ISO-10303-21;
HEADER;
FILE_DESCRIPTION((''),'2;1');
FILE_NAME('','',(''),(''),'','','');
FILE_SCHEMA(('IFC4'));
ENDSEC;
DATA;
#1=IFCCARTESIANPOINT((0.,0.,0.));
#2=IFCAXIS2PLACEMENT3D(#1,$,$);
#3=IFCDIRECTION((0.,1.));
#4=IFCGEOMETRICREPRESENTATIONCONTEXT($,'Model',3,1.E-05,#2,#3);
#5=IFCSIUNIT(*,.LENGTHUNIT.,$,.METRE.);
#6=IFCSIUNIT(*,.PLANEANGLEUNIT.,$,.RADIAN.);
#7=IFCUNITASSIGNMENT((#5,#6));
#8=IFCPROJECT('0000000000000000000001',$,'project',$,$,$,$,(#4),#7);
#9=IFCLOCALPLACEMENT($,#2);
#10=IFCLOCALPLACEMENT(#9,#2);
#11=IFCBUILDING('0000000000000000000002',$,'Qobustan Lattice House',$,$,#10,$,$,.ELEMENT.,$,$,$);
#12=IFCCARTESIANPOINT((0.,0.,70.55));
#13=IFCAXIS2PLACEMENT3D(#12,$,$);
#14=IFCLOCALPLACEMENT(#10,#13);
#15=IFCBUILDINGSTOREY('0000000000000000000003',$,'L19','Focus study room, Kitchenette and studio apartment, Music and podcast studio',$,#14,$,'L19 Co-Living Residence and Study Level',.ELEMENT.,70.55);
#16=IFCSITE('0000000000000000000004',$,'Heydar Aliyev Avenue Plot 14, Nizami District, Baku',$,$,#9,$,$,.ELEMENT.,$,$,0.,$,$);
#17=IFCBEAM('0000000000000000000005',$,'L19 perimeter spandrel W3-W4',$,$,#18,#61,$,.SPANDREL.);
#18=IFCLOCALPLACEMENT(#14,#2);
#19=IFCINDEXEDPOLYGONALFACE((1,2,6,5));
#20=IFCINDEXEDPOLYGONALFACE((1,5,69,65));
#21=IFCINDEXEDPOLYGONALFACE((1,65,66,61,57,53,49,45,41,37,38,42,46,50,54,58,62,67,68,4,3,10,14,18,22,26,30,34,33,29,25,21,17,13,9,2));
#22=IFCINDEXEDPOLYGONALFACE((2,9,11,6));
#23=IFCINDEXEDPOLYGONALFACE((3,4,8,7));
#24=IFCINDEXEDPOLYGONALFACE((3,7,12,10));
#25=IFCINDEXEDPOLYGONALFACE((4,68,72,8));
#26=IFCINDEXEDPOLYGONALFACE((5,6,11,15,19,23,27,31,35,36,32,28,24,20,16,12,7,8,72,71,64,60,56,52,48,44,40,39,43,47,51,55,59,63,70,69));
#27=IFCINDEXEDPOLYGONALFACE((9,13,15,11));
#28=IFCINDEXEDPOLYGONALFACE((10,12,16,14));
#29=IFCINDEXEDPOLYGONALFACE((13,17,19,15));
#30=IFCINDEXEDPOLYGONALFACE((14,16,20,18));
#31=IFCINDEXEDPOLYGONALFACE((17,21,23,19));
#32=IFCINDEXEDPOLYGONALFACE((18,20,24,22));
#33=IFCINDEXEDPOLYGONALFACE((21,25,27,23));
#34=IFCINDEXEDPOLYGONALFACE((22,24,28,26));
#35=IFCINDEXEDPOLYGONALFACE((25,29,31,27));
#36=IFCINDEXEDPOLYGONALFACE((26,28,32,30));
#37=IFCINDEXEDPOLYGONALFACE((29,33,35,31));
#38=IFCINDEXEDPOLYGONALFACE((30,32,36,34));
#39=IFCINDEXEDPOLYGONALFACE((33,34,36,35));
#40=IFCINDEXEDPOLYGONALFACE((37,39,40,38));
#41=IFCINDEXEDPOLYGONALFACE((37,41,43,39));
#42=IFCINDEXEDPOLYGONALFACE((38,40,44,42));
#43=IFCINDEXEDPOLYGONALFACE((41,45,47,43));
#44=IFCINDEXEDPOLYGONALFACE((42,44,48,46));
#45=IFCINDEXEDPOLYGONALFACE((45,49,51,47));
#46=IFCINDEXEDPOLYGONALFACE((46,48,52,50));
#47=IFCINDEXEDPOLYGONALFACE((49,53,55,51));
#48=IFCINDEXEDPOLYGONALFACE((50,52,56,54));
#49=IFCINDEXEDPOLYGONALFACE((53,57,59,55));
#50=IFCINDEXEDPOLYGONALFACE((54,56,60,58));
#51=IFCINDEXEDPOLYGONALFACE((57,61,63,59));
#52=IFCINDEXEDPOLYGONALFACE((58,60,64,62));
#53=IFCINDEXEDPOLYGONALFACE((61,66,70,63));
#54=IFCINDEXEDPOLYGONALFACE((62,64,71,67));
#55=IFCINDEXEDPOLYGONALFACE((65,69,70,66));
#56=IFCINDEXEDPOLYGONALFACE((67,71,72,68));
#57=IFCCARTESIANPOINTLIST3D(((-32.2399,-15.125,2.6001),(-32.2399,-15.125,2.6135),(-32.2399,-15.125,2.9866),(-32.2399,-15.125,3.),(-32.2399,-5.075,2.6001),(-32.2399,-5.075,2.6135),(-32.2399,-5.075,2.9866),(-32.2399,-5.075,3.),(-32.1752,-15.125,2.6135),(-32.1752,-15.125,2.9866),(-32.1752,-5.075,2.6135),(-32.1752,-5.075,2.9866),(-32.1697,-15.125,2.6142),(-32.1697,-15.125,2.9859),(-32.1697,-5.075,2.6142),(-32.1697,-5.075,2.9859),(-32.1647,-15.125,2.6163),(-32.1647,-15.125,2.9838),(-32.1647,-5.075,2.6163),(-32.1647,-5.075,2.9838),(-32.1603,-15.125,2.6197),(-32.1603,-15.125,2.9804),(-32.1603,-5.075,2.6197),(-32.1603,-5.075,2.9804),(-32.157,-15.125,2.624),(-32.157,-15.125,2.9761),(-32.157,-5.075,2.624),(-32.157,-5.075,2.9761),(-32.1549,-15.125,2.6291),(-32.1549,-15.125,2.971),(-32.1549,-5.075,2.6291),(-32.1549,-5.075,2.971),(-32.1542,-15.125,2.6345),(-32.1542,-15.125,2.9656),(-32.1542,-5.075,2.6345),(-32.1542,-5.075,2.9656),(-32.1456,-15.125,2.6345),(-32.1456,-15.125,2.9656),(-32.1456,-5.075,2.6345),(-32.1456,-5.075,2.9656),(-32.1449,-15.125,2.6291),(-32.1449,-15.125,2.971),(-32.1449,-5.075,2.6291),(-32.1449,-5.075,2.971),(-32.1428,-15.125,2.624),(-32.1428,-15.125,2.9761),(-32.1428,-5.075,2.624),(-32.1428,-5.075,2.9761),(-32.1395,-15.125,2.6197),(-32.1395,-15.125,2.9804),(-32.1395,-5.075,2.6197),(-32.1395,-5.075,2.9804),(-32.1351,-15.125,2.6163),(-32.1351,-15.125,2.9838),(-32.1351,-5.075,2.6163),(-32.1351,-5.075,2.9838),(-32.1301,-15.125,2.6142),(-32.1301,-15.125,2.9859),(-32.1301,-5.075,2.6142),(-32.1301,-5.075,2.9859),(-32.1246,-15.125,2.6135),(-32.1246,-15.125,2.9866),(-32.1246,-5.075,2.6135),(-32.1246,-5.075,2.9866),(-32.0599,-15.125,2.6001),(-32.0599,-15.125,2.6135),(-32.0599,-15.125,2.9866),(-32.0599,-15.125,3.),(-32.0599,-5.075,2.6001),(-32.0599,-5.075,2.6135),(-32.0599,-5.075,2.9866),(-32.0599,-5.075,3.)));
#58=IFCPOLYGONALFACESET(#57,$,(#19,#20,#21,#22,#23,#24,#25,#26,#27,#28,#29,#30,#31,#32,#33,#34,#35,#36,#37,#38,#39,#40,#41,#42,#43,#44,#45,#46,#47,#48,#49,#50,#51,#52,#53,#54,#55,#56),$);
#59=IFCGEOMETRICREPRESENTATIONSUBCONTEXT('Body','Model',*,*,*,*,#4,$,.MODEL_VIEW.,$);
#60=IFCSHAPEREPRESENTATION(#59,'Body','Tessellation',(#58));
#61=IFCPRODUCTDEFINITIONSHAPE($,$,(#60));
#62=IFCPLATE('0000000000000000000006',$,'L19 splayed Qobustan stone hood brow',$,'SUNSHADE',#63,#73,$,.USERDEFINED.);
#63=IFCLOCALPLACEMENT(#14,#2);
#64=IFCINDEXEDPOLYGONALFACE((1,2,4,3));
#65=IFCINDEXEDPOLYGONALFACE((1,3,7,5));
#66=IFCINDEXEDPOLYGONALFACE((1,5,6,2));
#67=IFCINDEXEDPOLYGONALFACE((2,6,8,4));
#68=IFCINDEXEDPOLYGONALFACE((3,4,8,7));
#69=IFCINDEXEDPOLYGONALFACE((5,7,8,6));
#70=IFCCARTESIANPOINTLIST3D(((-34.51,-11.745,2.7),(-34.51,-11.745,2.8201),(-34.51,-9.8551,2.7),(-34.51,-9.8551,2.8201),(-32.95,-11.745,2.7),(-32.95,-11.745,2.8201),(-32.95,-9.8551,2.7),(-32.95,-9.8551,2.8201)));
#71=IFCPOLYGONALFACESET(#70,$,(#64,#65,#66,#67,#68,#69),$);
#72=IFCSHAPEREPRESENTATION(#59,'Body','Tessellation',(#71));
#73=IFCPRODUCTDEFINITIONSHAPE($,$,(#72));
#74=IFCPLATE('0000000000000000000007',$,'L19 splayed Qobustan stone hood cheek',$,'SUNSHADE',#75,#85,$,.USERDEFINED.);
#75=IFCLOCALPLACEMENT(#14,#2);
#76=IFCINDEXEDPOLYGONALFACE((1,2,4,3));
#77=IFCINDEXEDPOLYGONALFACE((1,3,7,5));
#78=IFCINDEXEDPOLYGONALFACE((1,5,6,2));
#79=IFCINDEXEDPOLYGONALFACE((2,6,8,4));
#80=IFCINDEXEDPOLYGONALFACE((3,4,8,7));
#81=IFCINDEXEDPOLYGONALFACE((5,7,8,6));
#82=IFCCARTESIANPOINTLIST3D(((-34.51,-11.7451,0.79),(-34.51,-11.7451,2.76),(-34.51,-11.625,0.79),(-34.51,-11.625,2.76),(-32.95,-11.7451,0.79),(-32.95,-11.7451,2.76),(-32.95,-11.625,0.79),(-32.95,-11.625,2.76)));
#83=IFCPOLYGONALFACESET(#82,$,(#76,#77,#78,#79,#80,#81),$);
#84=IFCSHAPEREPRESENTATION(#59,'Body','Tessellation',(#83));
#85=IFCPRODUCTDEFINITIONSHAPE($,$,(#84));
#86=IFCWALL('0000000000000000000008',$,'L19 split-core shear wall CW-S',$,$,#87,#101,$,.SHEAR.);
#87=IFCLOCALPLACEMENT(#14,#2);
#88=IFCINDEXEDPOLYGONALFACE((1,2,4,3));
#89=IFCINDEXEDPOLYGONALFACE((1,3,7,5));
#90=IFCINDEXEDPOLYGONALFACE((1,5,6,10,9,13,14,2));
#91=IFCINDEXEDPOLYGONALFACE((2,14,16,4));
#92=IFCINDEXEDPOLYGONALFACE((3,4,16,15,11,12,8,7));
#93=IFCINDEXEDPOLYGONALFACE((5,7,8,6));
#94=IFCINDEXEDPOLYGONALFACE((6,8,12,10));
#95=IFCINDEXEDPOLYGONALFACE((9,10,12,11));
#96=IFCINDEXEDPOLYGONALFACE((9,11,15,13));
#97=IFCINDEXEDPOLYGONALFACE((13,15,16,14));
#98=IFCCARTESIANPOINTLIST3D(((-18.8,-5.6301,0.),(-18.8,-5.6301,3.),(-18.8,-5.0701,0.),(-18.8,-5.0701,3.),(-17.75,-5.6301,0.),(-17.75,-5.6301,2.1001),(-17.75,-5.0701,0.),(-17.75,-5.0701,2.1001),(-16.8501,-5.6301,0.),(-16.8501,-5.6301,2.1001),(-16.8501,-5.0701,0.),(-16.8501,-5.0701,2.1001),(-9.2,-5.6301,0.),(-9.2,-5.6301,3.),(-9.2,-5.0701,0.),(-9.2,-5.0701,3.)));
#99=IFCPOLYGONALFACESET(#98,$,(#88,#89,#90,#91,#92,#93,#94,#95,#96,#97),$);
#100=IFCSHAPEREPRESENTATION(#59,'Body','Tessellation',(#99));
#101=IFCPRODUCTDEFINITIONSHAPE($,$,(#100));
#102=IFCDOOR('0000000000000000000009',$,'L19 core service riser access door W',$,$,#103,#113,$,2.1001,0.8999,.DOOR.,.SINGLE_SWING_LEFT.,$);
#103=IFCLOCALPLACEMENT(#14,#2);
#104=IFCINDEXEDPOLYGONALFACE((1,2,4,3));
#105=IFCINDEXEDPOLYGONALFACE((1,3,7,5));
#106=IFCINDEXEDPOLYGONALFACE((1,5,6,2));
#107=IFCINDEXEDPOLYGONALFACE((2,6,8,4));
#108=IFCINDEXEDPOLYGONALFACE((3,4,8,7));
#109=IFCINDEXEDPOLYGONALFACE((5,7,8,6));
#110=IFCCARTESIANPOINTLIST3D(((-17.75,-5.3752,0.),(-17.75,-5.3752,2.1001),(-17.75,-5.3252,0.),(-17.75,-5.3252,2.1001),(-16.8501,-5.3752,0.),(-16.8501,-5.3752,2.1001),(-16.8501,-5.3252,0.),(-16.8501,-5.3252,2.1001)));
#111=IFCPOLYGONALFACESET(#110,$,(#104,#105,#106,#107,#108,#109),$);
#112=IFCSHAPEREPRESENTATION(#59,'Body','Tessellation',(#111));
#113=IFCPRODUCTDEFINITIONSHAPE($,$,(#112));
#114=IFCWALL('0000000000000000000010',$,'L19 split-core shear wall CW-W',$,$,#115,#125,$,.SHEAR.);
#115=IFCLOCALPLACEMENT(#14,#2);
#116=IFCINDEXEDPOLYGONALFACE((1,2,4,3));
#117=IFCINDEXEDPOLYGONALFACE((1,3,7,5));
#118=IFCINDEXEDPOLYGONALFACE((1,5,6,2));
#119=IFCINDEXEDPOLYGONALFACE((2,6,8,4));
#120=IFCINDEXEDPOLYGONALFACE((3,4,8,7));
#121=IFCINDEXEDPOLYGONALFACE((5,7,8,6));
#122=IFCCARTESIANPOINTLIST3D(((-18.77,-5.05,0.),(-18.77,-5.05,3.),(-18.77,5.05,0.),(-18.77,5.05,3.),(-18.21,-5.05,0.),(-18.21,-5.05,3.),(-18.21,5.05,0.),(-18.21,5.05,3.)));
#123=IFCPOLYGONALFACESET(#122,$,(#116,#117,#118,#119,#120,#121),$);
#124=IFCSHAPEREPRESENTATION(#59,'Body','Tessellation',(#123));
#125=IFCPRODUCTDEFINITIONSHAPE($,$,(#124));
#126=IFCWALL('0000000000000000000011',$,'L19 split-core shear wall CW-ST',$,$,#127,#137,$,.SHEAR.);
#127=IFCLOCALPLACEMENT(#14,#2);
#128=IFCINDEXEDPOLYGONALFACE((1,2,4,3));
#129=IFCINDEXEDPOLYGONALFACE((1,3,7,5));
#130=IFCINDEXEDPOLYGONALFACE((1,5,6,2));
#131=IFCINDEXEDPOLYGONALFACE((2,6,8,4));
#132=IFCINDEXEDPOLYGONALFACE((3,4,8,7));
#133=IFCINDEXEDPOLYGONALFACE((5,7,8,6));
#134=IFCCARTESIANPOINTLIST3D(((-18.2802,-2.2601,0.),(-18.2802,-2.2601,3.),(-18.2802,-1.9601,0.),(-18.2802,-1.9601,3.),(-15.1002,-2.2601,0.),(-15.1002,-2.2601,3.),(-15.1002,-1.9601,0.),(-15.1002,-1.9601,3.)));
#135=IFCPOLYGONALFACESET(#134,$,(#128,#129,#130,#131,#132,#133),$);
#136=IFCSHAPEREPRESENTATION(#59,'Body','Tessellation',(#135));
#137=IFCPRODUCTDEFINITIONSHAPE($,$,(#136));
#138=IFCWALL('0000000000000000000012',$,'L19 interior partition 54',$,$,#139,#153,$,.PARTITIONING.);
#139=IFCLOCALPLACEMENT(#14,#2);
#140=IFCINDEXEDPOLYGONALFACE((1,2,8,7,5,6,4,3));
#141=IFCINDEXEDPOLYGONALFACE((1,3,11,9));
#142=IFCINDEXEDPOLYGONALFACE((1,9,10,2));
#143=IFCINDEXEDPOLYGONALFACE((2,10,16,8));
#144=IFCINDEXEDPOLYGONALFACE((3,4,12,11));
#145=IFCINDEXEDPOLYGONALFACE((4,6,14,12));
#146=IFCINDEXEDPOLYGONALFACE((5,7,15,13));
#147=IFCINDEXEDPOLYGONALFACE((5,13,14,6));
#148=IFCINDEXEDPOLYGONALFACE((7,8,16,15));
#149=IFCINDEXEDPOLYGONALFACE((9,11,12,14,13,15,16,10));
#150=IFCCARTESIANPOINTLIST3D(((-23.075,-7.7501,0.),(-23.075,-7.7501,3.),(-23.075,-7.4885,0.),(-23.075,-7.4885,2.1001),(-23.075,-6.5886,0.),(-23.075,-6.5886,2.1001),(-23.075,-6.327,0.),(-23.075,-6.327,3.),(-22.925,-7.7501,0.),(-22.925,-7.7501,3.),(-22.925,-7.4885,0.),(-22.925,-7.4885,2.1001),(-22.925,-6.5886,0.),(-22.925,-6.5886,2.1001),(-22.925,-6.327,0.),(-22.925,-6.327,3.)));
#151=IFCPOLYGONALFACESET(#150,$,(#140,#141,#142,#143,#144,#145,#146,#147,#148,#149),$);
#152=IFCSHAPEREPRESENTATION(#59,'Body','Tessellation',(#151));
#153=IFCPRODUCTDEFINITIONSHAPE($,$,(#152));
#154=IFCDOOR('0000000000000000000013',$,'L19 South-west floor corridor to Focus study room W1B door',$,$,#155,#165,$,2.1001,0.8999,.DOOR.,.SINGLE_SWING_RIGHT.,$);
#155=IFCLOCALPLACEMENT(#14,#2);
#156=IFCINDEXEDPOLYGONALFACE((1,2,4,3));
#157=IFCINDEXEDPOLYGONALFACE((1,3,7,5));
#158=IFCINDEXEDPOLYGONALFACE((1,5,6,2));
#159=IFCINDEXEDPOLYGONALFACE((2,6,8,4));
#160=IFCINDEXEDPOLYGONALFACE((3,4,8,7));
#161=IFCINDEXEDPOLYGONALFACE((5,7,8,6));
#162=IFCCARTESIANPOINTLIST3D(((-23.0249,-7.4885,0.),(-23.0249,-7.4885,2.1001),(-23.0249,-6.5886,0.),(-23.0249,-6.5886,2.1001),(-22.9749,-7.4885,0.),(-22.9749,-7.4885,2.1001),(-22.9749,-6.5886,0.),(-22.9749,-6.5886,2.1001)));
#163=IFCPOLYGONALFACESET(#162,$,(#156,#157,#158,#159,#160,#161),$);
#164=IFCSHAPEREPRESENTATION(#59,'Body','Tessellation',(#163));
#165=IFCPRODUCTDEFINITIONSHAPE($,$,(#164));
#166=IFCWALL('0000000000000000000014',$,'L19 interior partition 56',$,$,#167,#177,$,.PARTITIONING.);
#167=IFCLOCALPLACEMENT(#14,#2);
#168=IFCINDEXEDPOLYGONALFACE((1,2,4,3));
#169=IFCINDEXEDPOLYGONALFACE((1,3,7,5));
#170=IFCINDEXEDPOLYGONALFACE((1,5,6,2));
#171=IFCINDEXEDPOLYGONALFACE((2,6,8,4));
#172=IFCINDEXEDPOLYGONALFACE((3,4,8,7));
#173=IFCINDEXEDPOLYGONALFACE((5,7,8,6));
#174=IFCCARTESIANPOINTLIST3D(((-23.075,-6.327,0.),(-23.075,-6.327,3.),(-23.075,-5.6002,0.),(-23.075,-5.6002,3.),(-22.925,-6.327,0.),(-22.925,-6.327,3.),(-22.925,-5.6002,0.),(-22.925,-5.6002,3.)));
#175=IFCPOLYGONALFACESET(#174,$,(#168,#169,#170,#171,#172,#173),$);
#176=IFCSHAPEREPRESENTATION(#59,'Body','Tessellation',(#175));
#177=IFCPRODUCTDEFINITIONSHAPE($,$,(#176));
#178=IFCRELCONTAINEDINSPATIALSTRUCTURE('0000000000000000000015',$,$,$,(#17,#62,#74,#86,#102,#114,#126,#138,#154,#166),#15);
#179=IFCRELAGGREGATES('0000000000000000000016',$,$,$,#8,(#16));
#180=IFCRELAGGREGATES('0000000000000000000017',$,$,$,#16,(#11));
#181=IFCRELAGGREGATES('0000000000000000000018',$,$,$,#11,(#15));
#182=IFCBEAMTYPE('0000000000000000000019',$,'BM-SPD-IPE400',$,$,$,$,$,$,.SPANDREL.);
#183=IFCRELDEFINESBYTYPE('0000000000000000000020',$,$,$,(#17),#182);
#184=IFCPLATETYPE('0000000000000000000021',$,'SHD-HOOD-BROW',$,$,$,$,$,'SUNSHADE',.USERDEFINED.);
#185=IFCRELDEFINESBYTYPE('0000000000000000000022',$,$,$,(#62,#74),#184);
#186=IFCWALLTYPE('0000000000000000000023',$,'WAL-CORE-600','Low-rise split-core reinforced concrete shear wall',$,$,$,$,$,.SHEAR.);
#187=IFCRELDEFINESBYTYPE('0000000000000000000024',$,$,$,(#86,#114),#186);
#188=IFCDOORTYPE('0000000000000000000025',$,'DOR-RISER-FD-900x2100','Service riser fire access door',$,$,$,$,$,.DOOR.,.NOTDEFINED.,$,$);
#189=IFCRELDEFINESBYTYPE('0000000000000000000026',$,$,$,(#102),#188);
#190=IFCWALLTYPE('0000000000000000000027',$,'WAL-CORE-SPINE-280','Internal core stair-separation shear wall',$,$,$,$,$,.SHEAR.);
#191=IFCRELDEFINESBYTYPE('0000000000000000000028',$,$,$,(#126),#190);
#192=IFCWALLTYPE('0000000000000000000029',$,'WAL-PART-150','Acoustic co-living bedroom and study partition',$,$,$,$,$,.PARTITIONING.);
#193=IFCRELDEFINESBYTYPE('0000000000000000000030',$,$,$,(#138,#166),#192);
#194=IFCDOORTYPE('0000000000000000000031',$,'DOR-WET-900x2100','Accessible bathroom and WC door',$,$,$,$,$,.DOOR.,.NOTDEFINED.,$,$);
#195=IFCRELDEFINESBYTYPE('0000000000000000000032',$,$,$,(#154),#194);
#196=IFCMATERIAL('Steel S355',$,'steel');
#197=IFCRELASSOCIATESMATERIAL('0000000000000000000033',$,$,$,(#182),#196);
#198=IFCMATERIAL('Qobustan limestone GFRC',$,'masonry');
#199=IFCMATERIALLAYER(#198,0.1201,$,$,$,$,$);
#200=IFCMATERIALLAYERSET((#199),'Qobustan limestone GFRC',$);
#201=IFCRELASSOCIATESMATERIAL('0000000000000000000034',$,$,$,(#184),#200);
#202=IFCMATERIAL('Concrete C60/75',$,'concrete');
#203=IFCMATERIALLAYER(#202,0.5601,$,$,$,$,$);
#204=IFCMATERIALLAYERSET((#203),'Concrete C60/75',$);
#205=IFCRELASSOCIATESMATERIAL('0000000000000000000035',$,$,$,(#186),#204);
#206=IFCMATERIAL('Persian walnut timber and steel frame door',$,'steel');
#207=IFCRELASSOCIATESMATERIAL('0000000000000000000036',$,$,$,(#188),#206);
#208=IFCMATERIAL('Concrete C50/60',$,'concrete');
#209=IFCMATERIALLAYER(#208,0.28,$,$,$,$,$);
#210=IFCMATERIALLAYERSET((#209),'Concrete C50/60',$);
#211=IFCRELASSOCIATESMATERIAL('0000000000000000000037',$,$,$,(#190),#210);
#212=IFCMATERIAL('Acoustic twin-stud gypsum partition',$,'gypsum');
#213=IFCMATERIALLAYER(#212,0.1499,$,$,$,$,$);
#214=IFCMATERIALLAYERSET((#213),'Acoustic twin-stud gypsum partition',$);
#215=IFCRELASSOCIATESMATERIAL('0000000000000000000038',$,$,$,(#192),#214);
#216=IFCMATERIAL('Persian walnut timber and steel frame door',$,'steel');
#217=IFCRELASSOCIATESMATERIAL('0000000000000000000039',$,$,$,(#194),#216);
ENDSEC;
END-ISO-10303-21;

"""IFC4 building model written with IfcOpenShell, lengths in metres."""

from ifc_helpers import new_model, si_unit, direction, frame, frame_2d, origin, origin_2d, place, context, subcontext, project, spatial, rectangle, i_section, extrude, material, layer, layer_set, material_profile, profile_set, type_object, element, fill, save


model = new_model("IFC4")

# Units and contexts
model_context = context("Model", 3, precision=1e-05, world=origin(), true_north=direction((0.0, 1.0)))
body_context = subcontext(model_context, "Body", "Model", "MODEL_VIEW")
ifc_project = project(units=[si_unit("LENGTHUNIT", "METRE"), si_unit("PLANEANGLEUNIT", "RADIAN")], contexts=[model_context])

# Site, building, storey
site_placement = place(None, origin())
site = spatial("IfcSite", under=ifc_project, at=site_placement, Name="Heydar Aliyev Avenue Plot 14, Nizami District, Baku", CompositionType="ELEMENT", RefElevation=0.0)
building_placement = place(site_placement, origin())
building = spatial("IfcBuilding", under=site, at=building_placement, Name="Qobustan Lattice House", CompositionType="ELEMENT")
storey_placement = place(building_placement, frame((0.0, 0.0, 70.55)))
storey = spatial("IfcBuildingStorey", under=building, at=storey_placement, Name="L19", Description="Focus study room, Kitchenette and studio apartment, Music and podcast studio", LongName="L19 Co-Living Residence and Study Level", CompositionType="ELEMENT", Elevation=70.55)

# Beam
ifc_material_1 = material(Name="Steel S355", Category="steel")
ifc_material_profile_1 = material_profile(ifc_material_1, i_section(OverallWidth=0.1799, OverallDepth=0.3999, WebThickness=0.0085, FlangeThickness=0.0134, FilletRadius=0.021, at=origin_2d()), Name="IPE400")
ifc_profile_set_1 = profile_set([ifc_material_profile_1], Name="Steel S355")
beam_type_1 = type_object("IfcBeamType", Name="BM-SPD-IPE400", PredefinedType="SPANDREL", material=ifc_profile_set_1)
beam_1_placement = place(storey_placement, frame((-32.1499, -5.075, 2.8), z_axis=(0.0, -1.0, 0.0), x_axis=(1.0, 0.0, 0.0)))
element("IfcBeam", 1, at=beam_1_placement, inside=storey, type_object=beam_type_1, Name="L19 perimeter spandrel W3-W4", PredefinedType="SPANDREL", context=body_context, shape_type="SweptSolid", body=[
    extrude(i_section(OverallWidth=0.1799, OverallDepth=0.3999, WebThickness=0.0085, FlangeThickness=0.0134, FilletRadius=0.021, at=origin_2d()), origin(), (0.0, 0.0, 1.0), 10.05),
])

# Plates
ifc_material_2 = material(Name="Qobustan limestone GFRC", Category="masonry")
ifc_layer_1 = layer(ifc_material_2, 0.1201)
ifc_layer_set_1 = layer_set([ifc_layer_1], Name="Qobustan limestone GFRC")
plate_type = type_object("IfcPlateType", Name="SHD-HOOD-BROW", ElementType="SUNSHADE", PredefinedType="USERDEFINED", material=ifc_layer_set_1)
plate_1_placement = place(storey_placement, frame((-33.73, -10.8, 2.7), z_axis=(0.0, 0.0, 1.0), x_axis=(0.0, 1.0, 0.0)))
element("IfcPlate", 2, at=plate_1_placement, inside=storey, type_object=plate_type, Name="L19 splayed Qobustan stone hood brow", ObjectType="SUNSHADE", PredefinedType="USERDEFINED", context=body_context, shape_type="SweptSolid", body=[
    extrude(rectangle(XDim=1.8899, YDim=1.5601, at=origin_2d()), origin(), (0.0, 0.0, 1.0), 0.1201),
])
plate_2_placement = place(storey_placement, frame((-33.73, -11.6851, 0.79), z_axis=(0.0, 0.0, 1.0), x_axis=(0.0, 1.0, 0.0)))
element("IfcPlate", 3, at=plate_2_placement, inside=storey, type_object=plate_type, Name="L19 splayed Qobustan stone hood cheek", ObjectType="SUNSHADE", PredefinedType="USERDEFINED", context=body_context, shape_type="SweptSolid", body=[
    extrude(rectangle(XDim=0.1201, YDim=1.5601, at=origin_2d()), origin(), (0.0, 0.0, 1.0), 1.97),
])

# Wall, opening, door
ifc_material_3 = material(Name="Concrete C60/75", Category="concrete")
ifc_layer_2 = layer(ifc_material_3, 0.5601)
ifc_layer_set_2 = layer_set([ifc_layer_2], Name="Concrete C60/75")
wall_type_1 = type_object("IfcWallType", Name="WAL-CORE-600", Description="Low-rise split-core reinforced concrete shear wall", PredefinedType="SHEAR", material=ifc_layer_set_2)
wall_1_placement = place(storey_placement, frame((-18.8, -5.3501, 0.0), z_axis=(0.0, 0.0, 1.0), x_axis=(1.0, 0.0, 0.0)))
wall_1 = element("IfcWall", 4, at=wall_1_placement, inside=storey, type_object=wall_type_1, Name="L19 split-core shear wall CW-S", PredefinedType="SHEAR", context=body_context, shape_type="SweptSolid", body=[
    extrude(rectangle(XDim=9.6001, YDim=0.5601, at=frame_2d((4.8, 0.0))), origin(), (0.0, 0.0, 1.0), 3.0),
])
opening_1_placement = place(wall_1_placement, frame((1.05, 0.0, 0.0)))
opening_1 = element("IfcOpeningElement", 5, at=opening_1_placement, cuts=wall_1, PredefinedType="OPENING", context=body_context, shape_type="SweptSolid", body=[
    extrude(rectangle(XDim=0.8999, YDim=2.1001, at=frame_2d((0.45, 1.05))), frame((0.0, 0.29, 0.0), z_axis=(0.0, -1.0, 0.0), x_axis=(1.0, 0.0, 0.0)), (0.0, 0.0, 1.0), 0.5801),
])
ifc_material_4 = material(Name="Persian walnut timber and steel frame door", Category="steel")
door_type_1 = type_object("IfcDoorType", Name="DOR-RISER-FD-900x2100", Description="Service riser fire access door", OperationType="NOTDEFINED", PredefinedType="DOOR", material=ifc_material_4)
door_1_placement = place(opening_1_placement, origin())
door_1 = element("IfcDoor", 6, at=door_1_placement, inside=storey, type_object=door_type_1, Name="L19 core service riser access door W", OperationType="SINGLE_SWING_LEFT", OverallHeight=2.1001, OverallWidth=0.8999, PredefinedType="DOOR", context=body_context, shape_type="SweptSolid", body=[
    extrude(rectangle(XDim=0.8999, YDim=2.1001, at=frame_2d((0.45, 1.05))), frame((0.0, 0.0249, 0.0), z_axis=(0.0, -1.0, 0.0), x_axis=(1.0, 0.0, 0.0)), (0.0, 0.0, 1.0), 0.05),
])
fill(opening_1, door_1)

# Walls
wall_2_placement = place(storey_placement, frame((-18.49, -5.05, 0.0), z_axis=(0.0, 0.0, 1.0), x_axis=(0.0, 1.0, 0.0)))
element("IfcWall", 7, at=wall_2_placement, inside=storey, type_object=wall_type_1, Name="L19 split-core shear wall CW-W", PredefinedType="SHEAR", context=body_context, shape_type="SweptSolid", body=[
    extrude(rectangle(XDim=10.1001, YDim=0.5601, at=frame_2d((5.05, 0.0))), origin(), (0.0, 0.0, 1.0), 3.0),
])
ifc_material_5 = material(Name="Concrete C50/60", Category="concrete")
ifc_layer_3 = layer(ifc_material_5, 0.28)
ifc_layer_set_3 = layer_set([ifc_layer_3], Name="Concrete C50/60")
wall_type_2 = type_object("IfcWallType", Name="WAL-CORE-SPINE-280", Description="Internal core stair-separation shear wall", PredefinedType="SHEAR", material=ifc_layer_set_3)
wall_3_placement = place(storey_placement, frame((-18.28, -2.1101, 0.0), z_axis=(0.0, 0.0, 1.0), x_axis=(1.0, 0.0, 0.0)))
element("IfcWall", 8, at=wall_3_placement, inside=storey, type_object=wall_type_2, Name="L19 split-core shear wall CW-ST", PredefinedType="SHEAR", context=body_context, shape_type="SweptSolid", body=[
    extrude(rectangle(XDim=3.1799, YDim=0.3, at=frame_2d((1.5898, 0.0))), origin(), (0.0, 0.0, 1.0), 3.0),
])

# Wall, opening, door
ifc_material_6 = material(Name="Acoustic twin-stud gypsum partition", Category="gypsum")
ifc_layer_4 = layer(ifc_material_6, 0.1499)
ifc_layer_set_4 = layer_set([ifc_layer_4], Name="Acoustic twin-stud gypsum partition")
wall_type_3 = type_object("IfcWallType", Name="WAL-PART-150", Description="Acoustic co-living bedroom and study partition", PredefinedType="PARTITIONING", material=ifc_layer_set_4)
wall_4_placement = place(storey_placement, frame((-23.0, -7.75, 0.0), z_axis=(0.0, 0.0, 1.0), x_axis=(0.0, 1.0, 0.0)))
wall_4 = element("IfcWall", 9, at=wall_4_placement, inside=storey, type_object=wall_type_3, Name="L19 interior partition 54", PredefinedType="PARTITIONING", context=body_context, shape_type="SweptSolid", body=[
    extrude(rectangle(XDim=1.4231, YDim=0.1499, at=frame_2d((0.7114, 0.0))), origin(), (0.0, 0.0, 1.0), 3.0),
])
opening_2_placement = place(wall_4_placement, frame((0.2615, 0.0, 0.0)))
opening_2 = element("IfcOpeningElement", 10, at=opening_2_placement, cuts=wall_4, PredefinedType="OPENING", context=body_context, shape_type="SweptSolid", body=[
    extrude(rectangle(XDim=0.8999, YDim=2.1001, at=frame_2d((0.45, 1.05))), frame((0.0, 0.085, 0.0), z_axis=(0.0, -1.0, 0.0), x_axis=(1.0, 0.0, 0.0)), (0.0, 0.0, 1.0), 0.1699),
])
ifc_material_7 = material(Name="Persian walnut timber and steel frame door", Category="steel")
door_type_2 = type_object("IfcDoorType", Name="DOR-WET-900x2100", Description="Accessible bathroom and WC door", OperationType="NOTDEFINED", PredefinedType="DOOR", material=ifc_material_7)
door_2_placement = place(opening_2_placement, origin())
door_2 = element("IfcDoor", 11, at=door_2_placement, inside=storey, type_object=door_type_2, Name="L19 South-west floor corridor to Focus study room W1B door", OperationType="SINGLE_SWING_RIGHT", OverallHeight=2.1001, OverallWidth=0.8999, PredefinedType="DOOR", context=body_context, shape_type="SweptSolid", body=[
    extrude(rectangle(XDim=0.8999, YDim=2.1001, at=frame_2d((0.45, 1.05))), frame((0.0, 0.0249, 0.0), z_axis=(0.0, -1.0, 0.0), x_axis=(1.0, 0.0, 0.0)), (0.0, 0.0, 1.0), 0.05),
])
fill(opening_2, door_2)

# Wall
wall_5_placement = place(storey_placement, frame((-23.0, -6.3269, 0.0), z_axis=(0.0, 0.0, 1.0), x_axis=(0.0, 1.0, 0.0)))
element("IfcWall", 12, at=wall_5_placement, inside=storey, type_object=wall_type_3, Name="L19 interior partition 56", PredefinedType="PARTITIONING", context=body_context, shape_type="SweptSolid", body=[
    extrude(rectangle(XDim=0.7268, YDim=0.1499, at=frame_2d((0.3633, 0.0))), origin(), (0.0, 0.0, 1.0), 3.0),
])

save(model, "model.ifc")
